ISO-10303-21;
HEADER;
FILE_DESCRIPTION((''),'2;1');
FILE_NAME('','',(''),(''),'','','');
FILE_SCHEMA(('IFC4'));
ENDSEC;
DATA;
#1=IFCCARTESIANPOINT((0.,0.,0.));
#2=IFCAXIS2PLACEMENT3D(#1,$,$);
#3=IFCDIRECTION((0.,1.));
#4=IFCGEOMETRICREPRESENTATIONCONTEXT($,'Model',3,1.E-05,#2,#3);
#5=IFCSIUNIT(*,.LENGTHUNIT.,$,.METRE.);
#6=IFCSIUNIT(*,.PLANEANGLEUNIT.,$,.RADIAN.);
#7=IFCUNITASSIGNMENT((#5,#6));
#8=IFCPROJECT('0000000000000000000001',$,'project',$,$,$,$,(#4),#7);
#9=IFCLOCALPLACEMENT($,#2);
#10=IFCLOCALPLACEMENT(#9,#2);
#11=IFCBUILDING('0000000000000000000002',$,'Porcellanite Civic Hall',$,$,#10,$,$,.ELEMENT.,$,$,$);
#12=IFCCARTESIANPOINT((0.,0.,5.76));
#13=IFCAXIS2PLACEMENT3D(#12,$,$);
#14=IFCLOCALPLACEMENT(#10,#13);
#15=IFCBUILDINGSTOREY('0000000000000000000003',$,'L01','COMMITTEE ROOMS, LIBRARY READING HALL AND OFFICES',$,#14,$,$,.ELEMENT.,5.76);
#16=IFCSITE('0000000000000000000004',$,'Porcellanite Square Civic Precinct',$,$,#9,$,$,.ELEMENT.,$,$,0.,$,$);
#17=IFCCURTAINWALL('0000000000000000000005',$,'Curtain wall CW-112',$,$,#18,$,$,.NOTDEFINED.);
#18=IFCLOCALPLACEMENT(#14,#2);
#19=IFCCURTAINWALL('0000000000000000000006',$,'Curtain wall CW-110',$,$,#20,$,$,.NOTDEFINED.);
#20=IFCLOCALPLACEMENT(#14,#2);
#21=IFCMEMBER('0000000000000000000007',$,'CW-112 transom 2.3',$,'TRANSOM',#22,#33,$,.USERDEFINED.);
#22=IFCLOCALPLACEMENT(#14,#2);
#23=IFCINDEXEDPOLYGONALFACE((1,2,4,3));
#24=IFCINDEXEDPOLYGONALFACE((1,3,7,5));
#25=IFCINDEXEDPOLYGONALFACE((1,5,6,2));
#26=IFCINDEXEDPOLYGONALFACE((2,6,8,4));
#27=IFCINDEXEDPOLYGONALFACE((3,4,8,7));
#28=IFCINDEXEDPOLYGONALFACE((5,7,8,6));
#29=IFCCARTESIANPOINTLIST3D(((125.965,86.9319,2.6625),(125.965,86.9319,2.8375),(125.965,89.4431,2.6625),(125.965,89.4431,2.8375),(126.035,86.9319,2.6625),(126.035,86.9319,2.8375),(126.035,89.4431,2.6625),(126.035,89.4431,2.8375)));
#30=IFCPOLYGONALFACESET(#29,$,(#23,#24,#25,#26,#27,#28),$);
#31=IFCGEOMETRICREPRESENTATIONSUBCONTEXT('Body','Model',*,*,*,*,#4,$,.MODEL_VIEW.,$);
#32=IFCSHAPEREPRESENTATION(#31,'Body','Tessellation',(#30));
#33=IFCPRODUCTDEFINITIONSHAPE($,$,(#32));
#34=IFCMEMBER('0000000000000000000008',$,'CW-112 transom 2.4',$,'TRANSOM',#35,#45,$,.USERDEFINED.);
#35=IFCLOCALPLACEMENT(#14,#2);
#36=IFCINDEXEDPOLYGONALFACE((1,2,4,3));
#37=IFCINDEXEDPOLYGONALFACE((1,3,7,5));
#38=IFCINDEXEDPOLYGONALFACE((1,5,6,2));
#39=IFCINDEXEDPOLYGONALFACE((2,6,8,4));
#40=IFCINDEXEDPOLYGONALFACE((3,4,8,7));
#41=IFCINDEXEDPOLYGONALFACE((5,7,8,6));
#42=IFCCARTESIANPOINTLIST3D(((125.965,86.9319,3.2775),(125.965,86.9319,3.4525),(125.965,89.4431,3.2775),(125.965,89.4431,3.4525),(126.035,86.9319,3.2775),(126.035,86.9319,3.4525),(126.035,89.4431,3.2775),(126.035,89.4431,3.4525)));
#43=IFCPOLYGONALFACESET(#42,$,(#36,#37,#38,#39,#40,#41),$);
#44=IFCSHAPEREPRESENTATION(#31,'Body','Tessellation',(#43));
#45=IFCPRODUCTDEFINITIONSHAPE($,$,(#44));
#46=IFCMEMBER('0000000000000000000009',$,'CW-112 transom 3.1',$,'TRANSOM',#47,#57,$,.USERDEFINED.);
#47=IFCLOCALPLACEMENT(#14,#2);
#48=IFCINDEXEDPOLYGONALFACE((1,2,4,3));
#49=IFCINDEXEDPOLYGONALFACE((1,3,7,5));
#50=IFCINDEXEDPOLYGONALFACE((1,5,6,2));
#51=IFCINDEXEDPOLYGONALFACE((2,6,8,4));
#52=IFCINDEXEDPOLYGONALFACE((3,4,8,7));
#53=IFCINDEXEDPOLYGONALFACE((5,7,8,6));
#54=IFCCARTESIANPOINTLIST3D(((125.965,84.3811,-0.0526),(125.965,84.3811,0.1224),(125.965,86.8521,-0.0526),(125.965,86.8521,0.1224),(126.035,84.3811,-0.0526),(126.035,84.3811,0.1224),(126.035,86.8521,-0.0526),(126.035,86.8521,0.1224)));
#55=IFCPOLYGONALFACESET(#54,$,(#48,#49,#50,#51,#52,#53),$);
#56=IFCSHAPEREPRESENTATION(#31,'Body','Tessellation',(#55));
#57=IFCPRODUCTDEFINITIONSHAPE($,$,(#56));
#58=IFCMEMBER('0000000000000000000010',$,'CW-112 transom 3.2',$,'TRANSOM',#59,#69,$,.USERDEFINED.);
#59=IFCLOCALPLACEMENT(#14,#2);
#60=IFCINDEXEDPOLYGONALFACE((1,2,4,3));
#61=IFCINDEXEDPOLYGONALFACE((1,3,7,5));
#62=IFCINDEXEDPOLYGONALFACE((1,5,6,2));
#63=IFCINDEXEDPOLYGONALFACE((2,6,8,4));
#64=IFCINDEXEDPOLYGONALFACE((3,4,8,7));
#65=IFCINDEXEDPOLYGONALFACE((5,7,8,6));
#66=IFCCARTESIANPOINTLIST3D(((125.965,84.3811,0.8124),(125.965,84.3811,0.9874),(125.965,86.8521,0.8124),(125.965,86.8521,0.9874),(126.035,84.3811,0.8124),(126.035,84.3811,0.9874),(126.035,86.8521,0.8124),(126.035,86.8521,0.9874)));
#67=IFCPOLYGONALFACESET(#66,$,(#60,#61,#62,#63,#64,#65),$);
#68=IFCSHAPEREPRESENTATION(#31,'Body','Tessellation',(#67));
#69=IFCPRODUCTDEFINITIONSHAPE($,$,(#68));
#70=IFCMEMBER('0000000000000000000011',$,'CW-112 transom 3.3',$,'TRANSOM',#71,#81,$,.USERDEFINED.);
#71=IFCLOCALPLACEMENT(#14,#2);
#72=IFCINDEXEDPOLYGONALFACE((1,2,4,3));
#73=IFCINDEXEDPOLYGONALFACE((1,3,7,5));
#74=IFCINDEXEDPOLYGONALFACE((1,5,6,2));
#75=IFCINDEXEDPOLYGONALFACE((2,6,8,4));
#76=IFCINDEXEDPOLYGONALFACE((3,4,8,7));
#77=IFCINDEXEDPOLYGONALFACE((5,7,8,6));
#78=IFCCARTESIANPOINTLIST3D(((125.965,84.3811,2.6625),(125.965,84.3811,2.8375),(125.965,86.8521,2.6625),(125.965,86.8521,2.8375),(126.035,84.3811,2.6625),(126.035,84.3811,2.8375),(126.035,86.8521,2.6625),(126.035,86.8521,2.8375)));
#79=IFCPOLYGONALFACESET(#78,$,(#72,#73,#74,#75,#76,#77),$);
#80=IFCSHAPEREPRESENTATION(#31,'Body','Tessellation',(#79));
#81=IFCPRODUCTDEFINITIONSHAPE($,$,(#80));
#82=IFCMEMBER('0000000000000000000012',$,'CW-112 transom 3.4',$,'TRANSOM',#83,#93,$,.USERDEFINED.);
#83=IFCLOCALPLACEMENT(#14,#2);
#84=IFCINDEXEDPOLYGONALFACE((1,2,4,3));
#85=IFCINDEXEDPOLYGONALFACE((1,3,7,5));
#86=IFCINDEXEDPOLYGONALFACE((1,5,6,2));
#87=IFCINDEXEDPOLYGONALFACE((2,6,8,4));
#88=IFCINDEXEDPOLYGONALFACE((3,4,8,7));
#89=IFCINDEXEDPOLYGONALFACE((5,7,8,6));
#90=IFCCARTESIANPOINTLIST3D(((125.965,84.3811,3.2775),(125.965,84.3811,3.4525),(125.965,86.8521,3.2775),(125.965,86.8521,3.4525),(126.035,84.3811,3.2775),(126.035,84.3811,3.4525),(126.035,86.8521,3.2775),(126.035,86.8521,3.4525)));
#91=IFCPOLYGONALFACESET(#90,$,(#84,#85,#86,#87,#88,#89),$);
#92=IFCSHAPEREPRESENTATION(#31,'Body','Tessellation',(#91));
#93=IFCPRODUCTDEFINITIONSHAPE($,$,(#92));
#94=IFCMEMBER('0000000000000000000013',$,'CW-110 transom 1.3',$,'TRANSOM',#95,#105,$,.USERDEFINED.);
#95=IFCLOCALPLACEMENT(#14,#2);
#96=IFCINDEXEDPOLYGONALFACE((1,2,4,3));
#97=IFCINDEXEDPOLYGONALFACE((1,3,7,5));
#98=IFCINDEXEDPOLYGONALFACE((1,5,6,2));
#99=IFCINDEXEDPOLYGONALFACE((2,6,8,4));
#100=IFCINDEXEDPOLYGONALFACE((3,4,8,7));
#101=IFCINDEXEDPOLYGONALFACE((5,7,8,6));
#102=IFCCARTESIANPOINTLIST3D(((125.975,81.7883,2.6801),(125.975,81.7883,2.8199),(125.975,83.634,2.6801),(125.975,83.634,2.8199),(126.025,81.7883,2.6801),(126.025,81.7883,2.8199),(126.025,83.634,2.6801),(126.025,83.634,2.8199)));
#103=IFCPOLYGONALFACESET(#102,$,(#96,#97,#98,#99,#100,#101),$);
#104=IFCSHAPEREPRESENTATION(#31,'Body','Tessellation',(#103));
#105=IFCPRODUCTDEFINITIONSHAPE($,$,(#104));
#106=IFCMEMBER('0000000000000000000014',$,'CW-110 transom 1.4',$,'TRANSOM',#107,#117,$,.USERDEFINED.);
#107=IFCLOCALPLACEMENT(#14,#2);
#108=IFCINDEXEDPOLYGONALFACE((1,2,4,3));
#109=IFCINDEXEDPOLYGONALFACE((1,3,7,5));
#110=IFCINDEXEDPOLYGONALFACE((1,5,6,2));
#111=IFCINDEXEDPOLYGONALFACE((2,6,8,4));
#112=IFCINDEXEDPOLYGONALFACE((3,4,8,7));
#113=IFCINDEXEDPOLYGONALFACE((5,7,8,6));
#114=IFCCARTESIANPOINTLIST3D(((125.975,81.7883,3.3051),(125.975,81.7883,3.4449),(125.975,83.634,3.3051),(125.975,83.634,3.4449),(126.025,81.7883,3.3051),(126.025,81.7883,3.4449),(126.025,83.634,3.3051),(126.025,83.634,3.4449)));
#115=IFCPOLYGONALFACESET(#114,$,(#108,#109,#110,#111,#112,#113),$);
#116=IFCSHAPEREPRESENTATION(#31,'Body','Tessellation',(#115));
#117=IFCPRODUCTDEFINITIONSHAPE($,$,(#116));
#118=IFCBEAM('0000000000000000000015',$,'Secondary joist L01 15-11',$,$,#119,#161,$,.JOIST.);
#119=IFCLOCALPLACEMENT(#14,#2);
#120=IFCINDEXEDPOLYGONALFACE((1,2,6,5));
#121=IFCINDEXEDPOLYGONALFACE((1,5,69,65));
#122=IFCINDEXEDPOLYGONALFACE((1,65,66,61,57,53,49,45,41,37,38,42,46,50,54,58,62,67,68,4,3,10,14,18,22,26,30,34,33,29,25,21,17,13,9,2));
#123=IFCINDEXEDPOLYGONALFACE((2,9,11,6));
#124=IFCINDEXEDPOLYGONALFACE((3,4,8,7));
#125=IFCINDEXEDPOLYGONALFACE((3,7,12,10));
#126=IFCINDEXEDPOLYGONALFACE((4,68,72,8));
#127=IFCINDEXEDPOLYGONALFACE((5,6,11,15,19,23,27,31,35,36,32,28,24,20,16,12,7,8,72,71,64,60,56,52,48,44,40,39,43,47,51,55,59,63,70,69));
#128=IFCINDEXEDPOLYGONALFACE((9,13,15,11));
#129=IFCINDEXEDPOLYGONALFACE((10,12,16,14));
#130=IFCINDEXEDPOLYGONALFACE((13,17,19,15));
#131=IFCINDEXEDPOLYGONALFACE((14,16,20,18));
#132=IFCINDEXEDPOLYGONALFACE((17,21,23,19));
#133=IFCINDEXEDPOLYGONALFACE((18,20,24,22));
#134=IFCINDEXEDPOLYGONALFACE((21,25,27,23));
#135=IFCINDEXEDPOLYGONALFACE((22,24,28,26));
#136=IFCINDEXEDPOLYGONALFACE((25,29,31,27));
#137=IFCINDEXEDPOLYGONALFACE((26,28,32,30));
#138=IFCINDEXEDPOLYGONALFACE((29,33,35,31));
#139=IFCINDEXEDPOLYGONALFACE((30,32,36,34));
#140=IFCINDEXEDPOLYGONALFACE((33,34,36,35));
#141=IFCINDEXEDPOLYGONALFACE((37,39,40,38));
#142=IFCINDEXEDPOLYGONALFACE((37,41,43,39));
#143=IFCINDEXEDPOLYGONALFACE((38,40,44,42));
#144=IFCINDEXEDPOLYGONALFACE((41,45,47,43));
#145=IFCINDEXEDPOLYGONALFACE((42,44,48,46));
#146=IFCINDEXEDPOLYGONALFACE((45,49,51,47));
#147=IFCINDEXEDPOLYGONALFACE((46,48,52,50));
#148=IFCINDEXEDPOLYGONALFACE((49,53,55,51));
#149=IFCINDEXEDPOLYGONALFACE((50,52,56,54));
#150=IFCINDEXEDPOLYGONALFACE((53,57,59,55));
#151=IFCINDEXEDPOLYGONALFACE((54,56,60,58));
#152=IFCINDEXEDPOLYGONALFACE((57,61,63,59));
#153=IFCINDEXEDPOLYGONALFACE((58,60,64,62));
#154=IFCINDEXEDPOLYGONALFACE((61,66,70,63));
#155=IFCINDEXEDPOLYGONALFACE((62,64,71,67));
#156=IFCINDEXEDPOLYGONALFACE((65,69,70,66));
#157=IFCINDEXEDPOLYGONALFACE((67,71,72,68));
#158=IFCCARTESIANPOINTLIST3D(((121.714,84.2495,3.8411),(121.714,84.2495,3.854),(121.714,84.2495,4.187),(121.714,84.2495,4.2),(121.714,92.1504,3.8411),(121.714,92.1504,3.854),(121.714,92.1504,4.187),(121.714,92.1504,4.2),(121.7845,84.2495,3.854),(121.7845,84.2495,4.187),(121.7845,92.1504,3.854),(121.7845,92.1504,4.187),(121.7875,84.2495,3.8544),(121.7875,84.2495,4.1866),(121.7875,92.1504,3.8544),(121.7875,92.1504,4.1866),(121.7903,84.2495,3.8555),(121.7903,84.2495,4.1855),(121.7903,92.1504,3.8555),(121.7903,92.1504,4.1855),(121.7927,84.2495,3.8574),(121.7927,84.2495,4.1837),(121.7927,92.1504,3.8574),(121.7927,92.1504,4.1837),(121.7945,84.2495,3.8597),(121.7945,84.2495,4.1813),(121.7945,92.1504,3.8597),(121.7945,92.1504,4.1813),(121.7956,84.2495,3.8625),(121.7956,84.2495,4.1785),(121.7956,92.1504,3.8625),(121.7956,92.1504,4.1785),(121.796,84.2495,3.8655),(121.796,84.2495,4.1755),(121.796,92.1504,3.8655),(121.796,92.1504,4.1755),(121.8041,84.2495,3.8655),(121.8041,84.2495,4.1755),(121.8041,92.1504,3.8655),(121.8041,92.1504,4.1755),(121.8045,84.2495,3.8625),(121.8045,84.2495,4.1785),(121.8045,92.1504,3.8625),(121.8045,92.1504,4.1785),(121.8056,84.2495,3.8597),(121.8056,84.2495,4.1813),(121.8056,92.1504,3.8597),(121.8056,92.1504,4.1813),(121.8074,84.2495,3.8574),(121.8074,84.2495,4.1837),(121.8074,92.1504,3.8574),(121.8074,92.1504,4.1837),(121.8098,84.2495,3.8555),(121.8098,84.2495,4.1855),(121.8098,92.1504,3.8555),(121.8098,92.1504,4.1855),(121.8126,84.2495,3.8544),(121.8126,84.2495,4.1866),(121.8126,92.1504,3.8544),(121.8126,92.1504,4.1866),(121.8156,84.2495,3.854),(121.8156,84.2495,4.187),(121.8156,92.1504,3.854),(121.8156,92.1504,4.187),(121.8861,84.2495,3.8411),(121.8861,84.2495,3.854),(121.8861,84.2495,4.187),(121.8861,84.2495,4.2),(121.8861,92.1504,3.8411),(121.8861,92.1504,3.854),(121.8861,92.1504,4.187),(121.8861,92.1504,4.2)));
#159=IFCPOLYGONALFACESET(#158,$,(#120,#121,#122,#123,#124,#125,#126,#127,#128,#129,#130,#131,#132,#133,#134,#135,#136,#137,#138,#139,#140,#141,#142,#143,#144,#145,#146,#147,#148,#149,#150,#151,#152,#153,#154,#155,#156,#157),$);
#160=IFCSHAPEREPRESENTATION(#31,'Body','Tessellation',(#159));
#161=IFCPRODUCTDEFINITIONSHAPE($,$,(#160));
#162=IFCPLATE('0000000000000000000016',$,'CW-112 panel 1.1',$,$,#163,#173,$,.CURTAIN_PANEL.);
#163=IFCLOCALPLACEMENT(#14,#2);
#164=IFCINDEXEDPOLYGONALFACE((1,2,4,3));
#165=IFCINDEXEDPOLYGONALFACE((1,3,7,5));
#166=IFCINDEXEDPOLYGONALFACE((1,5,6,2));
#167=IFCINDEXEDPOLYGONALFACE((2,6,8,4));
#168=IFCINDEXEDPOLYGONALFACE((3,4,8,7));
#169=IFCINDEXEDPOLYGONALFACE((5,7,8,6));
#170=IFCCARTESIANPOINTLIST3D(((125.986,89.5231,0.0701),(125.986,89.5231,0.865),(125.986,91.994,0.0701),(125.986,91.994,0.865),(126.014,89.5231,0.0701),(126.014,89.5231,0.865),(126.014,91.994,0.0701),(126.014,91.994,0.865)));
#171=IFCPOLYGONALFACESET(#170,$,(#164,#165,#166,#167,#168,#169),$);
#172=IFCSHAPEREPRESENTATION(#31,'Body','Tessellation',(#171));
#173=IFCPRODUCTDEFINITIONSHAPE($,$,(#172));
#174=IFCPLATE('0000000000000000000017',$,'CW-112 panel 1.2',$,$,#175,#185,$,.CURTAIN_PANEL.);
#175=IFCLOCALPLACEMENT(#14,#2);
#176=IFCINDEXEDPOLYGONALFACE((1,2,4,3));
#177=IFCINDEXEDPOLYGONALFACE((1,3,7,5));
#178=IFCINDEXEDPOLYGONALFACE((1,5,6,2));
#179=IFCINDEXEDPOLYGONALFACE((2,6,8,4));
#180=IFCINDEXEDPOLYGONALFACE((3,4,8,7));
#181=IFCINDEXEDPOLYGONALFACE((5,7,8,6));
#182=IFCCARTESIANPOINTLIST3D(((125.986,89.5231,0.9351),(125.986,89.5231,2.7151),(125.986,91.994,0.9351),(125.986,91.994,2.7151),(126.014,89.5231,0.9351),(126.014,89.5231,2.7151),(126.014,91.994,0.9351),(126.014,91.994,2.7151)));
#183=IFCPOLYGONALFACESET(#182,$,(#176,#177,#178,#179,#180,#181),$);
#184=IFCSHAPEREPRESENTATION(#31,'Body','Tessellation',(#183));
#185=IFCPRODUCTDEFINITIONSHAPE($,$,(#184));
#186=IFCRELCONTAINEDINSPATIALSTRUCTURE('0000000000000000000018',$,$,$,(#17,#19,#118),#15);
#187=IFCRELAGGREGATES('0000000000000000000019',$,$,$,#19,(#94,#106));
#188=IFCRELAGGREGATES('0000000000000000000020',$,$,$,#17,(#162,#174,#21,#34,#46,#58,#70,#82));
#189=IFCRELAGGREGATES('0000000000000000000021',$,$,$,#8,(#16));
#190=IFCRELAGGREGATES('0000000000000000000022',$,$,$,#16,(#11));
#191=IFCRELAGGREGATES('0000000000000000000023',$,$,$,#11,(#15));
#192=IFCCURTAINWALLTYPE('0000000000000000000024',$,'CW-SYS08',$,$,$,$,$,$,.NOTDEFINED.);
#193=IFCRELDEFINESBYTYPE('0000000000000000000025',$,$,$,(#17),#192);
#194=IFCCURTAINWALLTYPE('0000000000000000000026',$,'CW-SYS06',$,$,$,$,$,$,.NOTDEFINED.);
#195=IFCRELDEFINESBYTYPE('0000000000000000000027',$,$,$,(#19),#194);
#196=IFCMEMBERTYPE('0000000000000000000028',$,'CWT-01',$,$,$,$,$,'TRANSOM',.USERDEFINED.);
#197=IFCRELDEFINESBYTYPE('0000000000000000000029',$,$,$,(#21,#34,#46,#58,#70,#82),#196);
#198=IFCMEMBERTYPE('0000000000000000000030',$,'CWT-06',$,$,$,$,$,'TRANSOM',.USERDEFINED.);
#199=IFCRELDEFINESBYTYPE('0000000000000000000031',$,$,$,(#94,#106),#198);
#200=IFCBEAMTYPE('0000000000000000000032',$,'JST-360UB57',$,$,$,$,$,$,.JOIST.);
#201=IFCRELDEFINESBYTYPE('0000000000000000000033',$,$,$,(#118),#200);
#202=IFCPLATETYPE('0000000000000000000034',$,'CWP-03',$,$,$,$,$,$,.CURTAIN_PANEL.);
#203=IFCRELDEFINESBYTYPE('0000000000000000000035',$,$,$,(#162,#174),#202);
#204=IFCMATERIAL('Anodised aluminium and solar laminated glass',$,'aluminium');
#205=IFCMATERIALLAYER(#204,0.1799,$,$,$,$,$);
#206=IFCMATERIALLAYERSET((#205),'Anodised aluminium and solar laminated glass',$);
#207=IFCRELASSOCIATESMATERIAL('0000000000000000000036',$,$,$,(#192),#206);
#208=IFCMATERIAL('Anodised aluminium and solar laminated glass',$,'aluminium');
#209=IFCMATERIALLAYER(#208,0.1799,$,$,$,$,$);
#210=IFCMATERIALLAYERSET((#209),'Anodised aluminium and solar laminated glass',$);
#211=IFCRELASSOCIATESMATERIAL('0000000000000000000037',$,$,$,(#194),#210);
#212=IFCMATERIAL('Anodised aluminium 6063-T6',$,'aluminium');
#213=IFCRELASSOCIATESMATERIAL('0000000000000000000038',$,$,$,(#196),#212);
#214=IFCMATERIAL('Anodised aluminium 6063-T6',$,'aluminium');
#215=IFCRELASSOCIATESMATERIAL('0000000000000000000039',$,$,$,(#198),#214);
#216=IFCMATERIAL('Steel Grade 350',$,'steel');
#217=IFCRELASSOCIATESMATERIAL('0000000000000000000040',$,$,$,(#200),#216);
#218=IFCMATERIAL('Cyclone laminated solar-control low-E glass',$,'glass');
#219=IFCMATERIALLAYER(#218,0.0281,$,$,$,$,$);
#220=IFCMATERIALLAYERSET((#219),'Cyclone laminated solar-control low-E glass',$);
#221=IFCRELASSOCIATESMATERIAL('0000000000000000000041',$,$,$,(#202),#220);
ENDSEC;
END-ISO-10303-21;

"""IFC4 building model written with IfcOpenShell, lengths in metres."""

from ifc_helpers import new_model, si_unit, direction, frame, origin, origin_2d, place, context, subcontext, project, spatial, rectangle, i_section, extrude, material, layer, layer_set, material_profile, profile_set, type_object, element, aggregate, save


model = new_model("IFC4")

# Units and contexts
model_context = context("Model", 3, precision=1e-05, world=origin(), true_north=direction((0.0, 1.0)))
body_context = subcontext(model_context, "Body", "Model", "MODEL_VIEW")
ifc_project = project(units=[si_unit("LENGTHUNIT", "METRE"), si_unit("PLANEANGLEUNIT", "RADIAN")], contexts=[model_context])

# Site, building, storey
site_placement = place(None, origin())
site = spatial("IfcSite", under=ifc_project, at=site_placement, Name="Porcellanite Square Civic Precinct", CompositionType="ELEMENT", RefElevation=0.0)
building_placement = place(site_placement, origin())
building = spatial("IfcBuilding", under=site, at=building_placement, Name="Porcellanite Civic Hall", CompositionType="ELEMENT")
storey_placement = place(building_placement, frame((0.0, 0.0, 5.76)))
storey = spatial("IfcBuildingStorey", under=building, at=storey_placement, Name="L01", Description="COMMITTEE ROOMS, LIBRARY READING HALL AND OFFICES", CompositionType="ELEMENT", Elevation=5.76)

# Curtain wall
ifc_material_1 = material(Name="Anodised aluminium and solar laminated glass", Category="aluminium")
ifc_layer_1 = layer(ifc_material_1, 0.1799)
ifc_layer_set_1 = layer_set([ifc_layer_1], Name="Anodised aluminium and solar laminated glass")
curtain_wall_type_1 = type_object("IfcCurtainWallType", Name="CW-SYS08", PredefinedType="NOTDEFINED", material=ifc_layer_set_1)
curtain_wall_1_placement = place(storey_placement, origin())
curtain_wall_1 = element("IfcCurtainWall", 1, at=curtain_wall_1_placement, inside=storey, type_object=curtain_wall_type_1, Name="Curtain wall CW-112", PredefinedType="NOTDEFINED")

# Curtain wall
ifc_material_2 = material(Name="Anodised aluminium and solar laminated glass", Category="aluminium")
ifc_layer_2 = layer(ifc_material_2, 0.1799)
ifc_layer_set_2 = layer_set([ifc_layer_2], Name="Anodised aluminium and solar laminated glass")
curtain_wall_type_2 = type_object("IfcCurtainWallType", Name="CW-SYS06", PredefinedType="NOTDEFINED", material=ifc_layer_set_2)
curtain_wall_2_placement = place(storey_placement, origin())
curtain_wall_2 = element("IfcCurtainWall", 2, at=curtain_wall_2_placement, inside=storey, type_object=curtain_wall_type_2, Name="Curtain wall CW-110", PredefinedType="NOTDEFINED")

# Members
ifc_material_3 = material(Name="Anodised aluminium 6063-T6", Category="aluminium")
ifc_material_profile_1 = material_profile(ifc_material_3, rectangle(XDim=0.0701, YDim=0.175, at=origin_2d()), Name="AL-70x175")
ifc_profile_set_1 = profile_set([ifc_material_profile_1], Name="Anodised aluminium 6063-T6")
member_type_1 = type_object("IfcMemberType", Name="CWT-01", ElementType="TRANSOM", PredefinedType="USERDEFINED", material=ifc_profile_set_1)
member_1_placement = place(storey_placement, frame((126.0, 89.4431, 2.75), z_axis=(0.0, -1.0, 0.0), x_axis=(1.0, 0.0, 0.0)))
member_1 = element("IfcMember", 3, at=member_1_placement, type_object=member_type_1, Name="CW-112 transom 2.3", ObjectType="TRANSOM", PredefinedType="USERDEFINED", context=body_context, shape_type="SweptSolid", body=[
    extrude(rectangle(XDim=0.0701, YDim=0.175, at=origin_2d()), origin(), (0.0, 0.0, 1.0), 2.5112),
])
member_2_placement = place(storey_placement, frame((126.0, 89.4431, 3.365), z_axis=(0.0, -1.0, 0.0), x_axis=(1.0, 0.0, 0.0)))
member_2 = element("IfcMember", 4, at=member_2_placement, type_object=member_type_1, Name="CW-112 transom 2.4", ObjectType="TRANSOM", PredefinedType="USERDEFINED", context=body_context, shape_type="SweptSolid", body=[
    extrude(rectangle(XDim=0.0701, YDim=0.175, at=origin_2d()), origin(), (0.0, 0.0, 1.0), 2.5112),
])
member_3_placement = place(storey_placement, frame((126.0, 86.8521, 0.0349), z_axis=(0.0, -1.0, 0.0), x_axis=(1.0, 0.0, 0.0)))
member_3 = element("IfcMember", 5, at=member_3_placement, type_object=member_type_1, Name="CW-112 transom 3.1", ObjectType="TRANSOM", PredefinedType="USERDEFINED", context=body_context, shape_type="SweptSolid", body=[
    extrude(rectangle(XDim=0.0701, YDim=0.175, at=origin_2d()), origin(), (0.0, 0.0, 1.0), 2.4709),
])
member_4_placement = place(storey_placement, frame((126.0, 86.8521, 0.8999), z_axis=(0.0, -1.0, 0.0), x_axis=(1.0, 0.0, 0.0)))
member_4 = element("IfcMember", 6, at=member_4_placement, type_object=member_type_1, Name="CW-112 transom 3.2", ObjectType="TRANSOM", PredefinedType="USERDEFINED", context=body_context, shape_type="SweptSolid", body=[
    extrude(rectangle(XDim=0.0701, YDim=0.175, at=origin_2d()), origin(), (0.0, 0.0, 1.0), 2.4709),
])
member_5_placement = place(storey_placement, frame((126.0, 86.8521, 2.75), z_axis=(0.0, -1.0, 0.0), x_axis=(1.0, 0.0, 0.0)))
member_5 = element("IfcMember", 7, at=member_5_placement, type_object=member_type_1, Name="CW-112 transom 3.3", ObjectType="TRANSOM", PredefinedType="USERDEFINED", context=body_context, shape_type="SweptSolid", body=[
    extrude(rectangle(XDim=0.0701, YDim=0.175, at=origin_2d()), origin(), (0.0, 0.0, 1.0), 2.4709),
])
member_6_placement = place(storey_placement, frame((126.0, 86.8521, 3.365), z_axis=(0.0, -1.0, 0.0), x_axis=(1.0, 0.0, 0.0)))
member_6 = element("IfcMember", 8, at=member_6_placement, type_object=member_type_1, Name="CW-112 transom 3.4", ObjectType="TRANSOM", PredefinedType="USERDEFINED", context=body_context, shape_type="SweptSolid", body=[
    extrude(rectangle(XDim=0.0701, YDim=0.175, at=origin_2d()), origin(), (0.0, 0.0, 1.0), 2.4709),
])
ifc_material_4 = material(Name="Anodised aluminium 6063-T6", Category="aluminium")
ifc_material_profile_2 = material_profile(ifc_material_4, rectangle(XDim=0.05, YDim=0.1399, at=origin_2d()), Name="AL-50x140")
ifc_profile_set_2 = profile_set([ifc_material_profile_2], Name="Anodised aluminium 6063-T6")
member_type_2 = type_object("IfcMemberType", Name="CWT-06", ElementType="TRANSOM", PredefinedType="USERDEFINED", material=ifc_profile_set_2)
member_7_placement = place(storey_placement, frame((126.0, 83.634, 2.75), z_axis=(0.0, -1.0, 0.0), x_axis=(1.0, 0.0, 0.0)))
member_7 = element("IfcMember", 9, at=member_7_placement, type_object=member_type_2, Name="CW-110 transom 1.3", ObjectType="TRANSOM", PredefinedType="USERDEFINED", context=body_context, shape_type="SweptSolid", body=[
    extrude(rectangle(XDim=0.05, YDim=0.1399, at=origin_2d()), origin(), (0.0, 0.0, 1.0), 1.8457),
])
member_8_placement = place(storey_placement, frame((126.0, 83.634, 3.375), z_axis=(0.0, -1.0, 0.0), x_axis=(1.0, 0.0, 0.0)))
member_8 = element("IfcMember", 10, at=member_8_placement, type_object=member_type_2, Name="CW-110 transom 1.4", ObjectType="TRANSOM", PredefinedType="USERDEFINED", context=body_context, shape_type="SweptSolid", body=[
    extrude(rectangle(XDim=0.05, YDim=0.1399, at=origin_2d()), origin(), (0.0, 0.0, 1.0), 1.8457),
])
aggregate(curtain_wall_2, [member_7, member_8])

# Beam
ifc_material_5 = material(Name="Steel Grade 350", Category="steel")
ifc_material_profile_3 = material_profile(ifc_material_5, i_section(OverallWidth=0.1721, OverallDepth=0.3589, WebThickness=0.0081, FlangeThickness=0.0129, FilletRadius=0.0115, at=origin_2d()), Name="360UB56.7")
ifc_profile_set_3 = profile_set([ifc_material_profile_3], Name="Steel Grade 350")
beam_type_1 = type_object("IfcBeamType", Name="JST-360UB57", PredefinedType="JOIST", material=ifc_profile_set_3)
beam_1_placement = place(storey_placement, frame((121.8, 84.2495, 4.0205), z_axis=(0.0, 1.0, 0.0), x_axis=(-1.0, 0.0, 0.0)))
element("IfcBeam", 11, at=beam_1_placement, inside=storey, type_object=beam_type_1, Name="Secondary joist L01 15-11", PredefinedType="JOIST", context=body_context, shape_type="SweptSolid", body=[
    extrude(i_section(OverallWidth=0.1721, OverallDepth=0.3589, WebThickness=0.0081, FlangeThickness=0.0129, FilletRadius=0.0115, at=origin_2d()), origin(), (0.0, 0.0, 1.0), 7.9009),
])

# Plates
ifc_material_6 = material(Name="Cyclone laminated solar-control low-E glass", Category="glass")
ifc_layer_3 = layer(ifc_material_6, 0.0281)
ifc_layer_set_3 = layer_set([ifc_layer_3], Name="Cyclone laminated solar-control low-E glass")
plate_type = type_object("IfcPlateType", Name="CWP-03", PredefinedType="CURTAIN_PANEL", material=ifc_layer_set_3)
plate_1_placement = place(storey_placement, frame((126.0, 90.7585, 0.0701), z_axis=(0.0, 0.0, 1.0), x_axis=(0.0, -1.0, 0.0)))
plate_1 = element("IfcPlate", 12, at=plate_1_placement, type_object=plate_type, Name="CW-112 panel 1.1", PredefinedType="CURTAIN_PANEL", context=body_context, shape_type="SweptSolid", body=[
    extrude(rectangle(XDim=2.4709, YDim=0.0281, at=origin_2d()), origin(), (0.0, 0.0, 1.0), 0.7949),
])
plate_2_placement = place(storey_placement, frame((126.0, 90.7585, 0.9351), z_axis=(0.0, 0.0, 1.0), x_axis=(0.0, -1.0, 0.0)))
plate_2 = element("IfcPlate", 13, at=plate_2_placement, type_object=plate_type, Name="CW-112 panel 1.2", PredefinedType="CURTAIN_PANEL", context=body_context, shape_type="SweptSolid", body=[
    extrude(rectangle(XDim=2.4709, YDim=0.0281, at=origin_2d()), origin(), (0.0, 0.0, 1.0), 1.78),
])
aggregate(curtain_wall_1, [plate_1, plate_2, member_1, member_2, member_3, member_4, member_5, member_6])

save(model, "model.ifc")
